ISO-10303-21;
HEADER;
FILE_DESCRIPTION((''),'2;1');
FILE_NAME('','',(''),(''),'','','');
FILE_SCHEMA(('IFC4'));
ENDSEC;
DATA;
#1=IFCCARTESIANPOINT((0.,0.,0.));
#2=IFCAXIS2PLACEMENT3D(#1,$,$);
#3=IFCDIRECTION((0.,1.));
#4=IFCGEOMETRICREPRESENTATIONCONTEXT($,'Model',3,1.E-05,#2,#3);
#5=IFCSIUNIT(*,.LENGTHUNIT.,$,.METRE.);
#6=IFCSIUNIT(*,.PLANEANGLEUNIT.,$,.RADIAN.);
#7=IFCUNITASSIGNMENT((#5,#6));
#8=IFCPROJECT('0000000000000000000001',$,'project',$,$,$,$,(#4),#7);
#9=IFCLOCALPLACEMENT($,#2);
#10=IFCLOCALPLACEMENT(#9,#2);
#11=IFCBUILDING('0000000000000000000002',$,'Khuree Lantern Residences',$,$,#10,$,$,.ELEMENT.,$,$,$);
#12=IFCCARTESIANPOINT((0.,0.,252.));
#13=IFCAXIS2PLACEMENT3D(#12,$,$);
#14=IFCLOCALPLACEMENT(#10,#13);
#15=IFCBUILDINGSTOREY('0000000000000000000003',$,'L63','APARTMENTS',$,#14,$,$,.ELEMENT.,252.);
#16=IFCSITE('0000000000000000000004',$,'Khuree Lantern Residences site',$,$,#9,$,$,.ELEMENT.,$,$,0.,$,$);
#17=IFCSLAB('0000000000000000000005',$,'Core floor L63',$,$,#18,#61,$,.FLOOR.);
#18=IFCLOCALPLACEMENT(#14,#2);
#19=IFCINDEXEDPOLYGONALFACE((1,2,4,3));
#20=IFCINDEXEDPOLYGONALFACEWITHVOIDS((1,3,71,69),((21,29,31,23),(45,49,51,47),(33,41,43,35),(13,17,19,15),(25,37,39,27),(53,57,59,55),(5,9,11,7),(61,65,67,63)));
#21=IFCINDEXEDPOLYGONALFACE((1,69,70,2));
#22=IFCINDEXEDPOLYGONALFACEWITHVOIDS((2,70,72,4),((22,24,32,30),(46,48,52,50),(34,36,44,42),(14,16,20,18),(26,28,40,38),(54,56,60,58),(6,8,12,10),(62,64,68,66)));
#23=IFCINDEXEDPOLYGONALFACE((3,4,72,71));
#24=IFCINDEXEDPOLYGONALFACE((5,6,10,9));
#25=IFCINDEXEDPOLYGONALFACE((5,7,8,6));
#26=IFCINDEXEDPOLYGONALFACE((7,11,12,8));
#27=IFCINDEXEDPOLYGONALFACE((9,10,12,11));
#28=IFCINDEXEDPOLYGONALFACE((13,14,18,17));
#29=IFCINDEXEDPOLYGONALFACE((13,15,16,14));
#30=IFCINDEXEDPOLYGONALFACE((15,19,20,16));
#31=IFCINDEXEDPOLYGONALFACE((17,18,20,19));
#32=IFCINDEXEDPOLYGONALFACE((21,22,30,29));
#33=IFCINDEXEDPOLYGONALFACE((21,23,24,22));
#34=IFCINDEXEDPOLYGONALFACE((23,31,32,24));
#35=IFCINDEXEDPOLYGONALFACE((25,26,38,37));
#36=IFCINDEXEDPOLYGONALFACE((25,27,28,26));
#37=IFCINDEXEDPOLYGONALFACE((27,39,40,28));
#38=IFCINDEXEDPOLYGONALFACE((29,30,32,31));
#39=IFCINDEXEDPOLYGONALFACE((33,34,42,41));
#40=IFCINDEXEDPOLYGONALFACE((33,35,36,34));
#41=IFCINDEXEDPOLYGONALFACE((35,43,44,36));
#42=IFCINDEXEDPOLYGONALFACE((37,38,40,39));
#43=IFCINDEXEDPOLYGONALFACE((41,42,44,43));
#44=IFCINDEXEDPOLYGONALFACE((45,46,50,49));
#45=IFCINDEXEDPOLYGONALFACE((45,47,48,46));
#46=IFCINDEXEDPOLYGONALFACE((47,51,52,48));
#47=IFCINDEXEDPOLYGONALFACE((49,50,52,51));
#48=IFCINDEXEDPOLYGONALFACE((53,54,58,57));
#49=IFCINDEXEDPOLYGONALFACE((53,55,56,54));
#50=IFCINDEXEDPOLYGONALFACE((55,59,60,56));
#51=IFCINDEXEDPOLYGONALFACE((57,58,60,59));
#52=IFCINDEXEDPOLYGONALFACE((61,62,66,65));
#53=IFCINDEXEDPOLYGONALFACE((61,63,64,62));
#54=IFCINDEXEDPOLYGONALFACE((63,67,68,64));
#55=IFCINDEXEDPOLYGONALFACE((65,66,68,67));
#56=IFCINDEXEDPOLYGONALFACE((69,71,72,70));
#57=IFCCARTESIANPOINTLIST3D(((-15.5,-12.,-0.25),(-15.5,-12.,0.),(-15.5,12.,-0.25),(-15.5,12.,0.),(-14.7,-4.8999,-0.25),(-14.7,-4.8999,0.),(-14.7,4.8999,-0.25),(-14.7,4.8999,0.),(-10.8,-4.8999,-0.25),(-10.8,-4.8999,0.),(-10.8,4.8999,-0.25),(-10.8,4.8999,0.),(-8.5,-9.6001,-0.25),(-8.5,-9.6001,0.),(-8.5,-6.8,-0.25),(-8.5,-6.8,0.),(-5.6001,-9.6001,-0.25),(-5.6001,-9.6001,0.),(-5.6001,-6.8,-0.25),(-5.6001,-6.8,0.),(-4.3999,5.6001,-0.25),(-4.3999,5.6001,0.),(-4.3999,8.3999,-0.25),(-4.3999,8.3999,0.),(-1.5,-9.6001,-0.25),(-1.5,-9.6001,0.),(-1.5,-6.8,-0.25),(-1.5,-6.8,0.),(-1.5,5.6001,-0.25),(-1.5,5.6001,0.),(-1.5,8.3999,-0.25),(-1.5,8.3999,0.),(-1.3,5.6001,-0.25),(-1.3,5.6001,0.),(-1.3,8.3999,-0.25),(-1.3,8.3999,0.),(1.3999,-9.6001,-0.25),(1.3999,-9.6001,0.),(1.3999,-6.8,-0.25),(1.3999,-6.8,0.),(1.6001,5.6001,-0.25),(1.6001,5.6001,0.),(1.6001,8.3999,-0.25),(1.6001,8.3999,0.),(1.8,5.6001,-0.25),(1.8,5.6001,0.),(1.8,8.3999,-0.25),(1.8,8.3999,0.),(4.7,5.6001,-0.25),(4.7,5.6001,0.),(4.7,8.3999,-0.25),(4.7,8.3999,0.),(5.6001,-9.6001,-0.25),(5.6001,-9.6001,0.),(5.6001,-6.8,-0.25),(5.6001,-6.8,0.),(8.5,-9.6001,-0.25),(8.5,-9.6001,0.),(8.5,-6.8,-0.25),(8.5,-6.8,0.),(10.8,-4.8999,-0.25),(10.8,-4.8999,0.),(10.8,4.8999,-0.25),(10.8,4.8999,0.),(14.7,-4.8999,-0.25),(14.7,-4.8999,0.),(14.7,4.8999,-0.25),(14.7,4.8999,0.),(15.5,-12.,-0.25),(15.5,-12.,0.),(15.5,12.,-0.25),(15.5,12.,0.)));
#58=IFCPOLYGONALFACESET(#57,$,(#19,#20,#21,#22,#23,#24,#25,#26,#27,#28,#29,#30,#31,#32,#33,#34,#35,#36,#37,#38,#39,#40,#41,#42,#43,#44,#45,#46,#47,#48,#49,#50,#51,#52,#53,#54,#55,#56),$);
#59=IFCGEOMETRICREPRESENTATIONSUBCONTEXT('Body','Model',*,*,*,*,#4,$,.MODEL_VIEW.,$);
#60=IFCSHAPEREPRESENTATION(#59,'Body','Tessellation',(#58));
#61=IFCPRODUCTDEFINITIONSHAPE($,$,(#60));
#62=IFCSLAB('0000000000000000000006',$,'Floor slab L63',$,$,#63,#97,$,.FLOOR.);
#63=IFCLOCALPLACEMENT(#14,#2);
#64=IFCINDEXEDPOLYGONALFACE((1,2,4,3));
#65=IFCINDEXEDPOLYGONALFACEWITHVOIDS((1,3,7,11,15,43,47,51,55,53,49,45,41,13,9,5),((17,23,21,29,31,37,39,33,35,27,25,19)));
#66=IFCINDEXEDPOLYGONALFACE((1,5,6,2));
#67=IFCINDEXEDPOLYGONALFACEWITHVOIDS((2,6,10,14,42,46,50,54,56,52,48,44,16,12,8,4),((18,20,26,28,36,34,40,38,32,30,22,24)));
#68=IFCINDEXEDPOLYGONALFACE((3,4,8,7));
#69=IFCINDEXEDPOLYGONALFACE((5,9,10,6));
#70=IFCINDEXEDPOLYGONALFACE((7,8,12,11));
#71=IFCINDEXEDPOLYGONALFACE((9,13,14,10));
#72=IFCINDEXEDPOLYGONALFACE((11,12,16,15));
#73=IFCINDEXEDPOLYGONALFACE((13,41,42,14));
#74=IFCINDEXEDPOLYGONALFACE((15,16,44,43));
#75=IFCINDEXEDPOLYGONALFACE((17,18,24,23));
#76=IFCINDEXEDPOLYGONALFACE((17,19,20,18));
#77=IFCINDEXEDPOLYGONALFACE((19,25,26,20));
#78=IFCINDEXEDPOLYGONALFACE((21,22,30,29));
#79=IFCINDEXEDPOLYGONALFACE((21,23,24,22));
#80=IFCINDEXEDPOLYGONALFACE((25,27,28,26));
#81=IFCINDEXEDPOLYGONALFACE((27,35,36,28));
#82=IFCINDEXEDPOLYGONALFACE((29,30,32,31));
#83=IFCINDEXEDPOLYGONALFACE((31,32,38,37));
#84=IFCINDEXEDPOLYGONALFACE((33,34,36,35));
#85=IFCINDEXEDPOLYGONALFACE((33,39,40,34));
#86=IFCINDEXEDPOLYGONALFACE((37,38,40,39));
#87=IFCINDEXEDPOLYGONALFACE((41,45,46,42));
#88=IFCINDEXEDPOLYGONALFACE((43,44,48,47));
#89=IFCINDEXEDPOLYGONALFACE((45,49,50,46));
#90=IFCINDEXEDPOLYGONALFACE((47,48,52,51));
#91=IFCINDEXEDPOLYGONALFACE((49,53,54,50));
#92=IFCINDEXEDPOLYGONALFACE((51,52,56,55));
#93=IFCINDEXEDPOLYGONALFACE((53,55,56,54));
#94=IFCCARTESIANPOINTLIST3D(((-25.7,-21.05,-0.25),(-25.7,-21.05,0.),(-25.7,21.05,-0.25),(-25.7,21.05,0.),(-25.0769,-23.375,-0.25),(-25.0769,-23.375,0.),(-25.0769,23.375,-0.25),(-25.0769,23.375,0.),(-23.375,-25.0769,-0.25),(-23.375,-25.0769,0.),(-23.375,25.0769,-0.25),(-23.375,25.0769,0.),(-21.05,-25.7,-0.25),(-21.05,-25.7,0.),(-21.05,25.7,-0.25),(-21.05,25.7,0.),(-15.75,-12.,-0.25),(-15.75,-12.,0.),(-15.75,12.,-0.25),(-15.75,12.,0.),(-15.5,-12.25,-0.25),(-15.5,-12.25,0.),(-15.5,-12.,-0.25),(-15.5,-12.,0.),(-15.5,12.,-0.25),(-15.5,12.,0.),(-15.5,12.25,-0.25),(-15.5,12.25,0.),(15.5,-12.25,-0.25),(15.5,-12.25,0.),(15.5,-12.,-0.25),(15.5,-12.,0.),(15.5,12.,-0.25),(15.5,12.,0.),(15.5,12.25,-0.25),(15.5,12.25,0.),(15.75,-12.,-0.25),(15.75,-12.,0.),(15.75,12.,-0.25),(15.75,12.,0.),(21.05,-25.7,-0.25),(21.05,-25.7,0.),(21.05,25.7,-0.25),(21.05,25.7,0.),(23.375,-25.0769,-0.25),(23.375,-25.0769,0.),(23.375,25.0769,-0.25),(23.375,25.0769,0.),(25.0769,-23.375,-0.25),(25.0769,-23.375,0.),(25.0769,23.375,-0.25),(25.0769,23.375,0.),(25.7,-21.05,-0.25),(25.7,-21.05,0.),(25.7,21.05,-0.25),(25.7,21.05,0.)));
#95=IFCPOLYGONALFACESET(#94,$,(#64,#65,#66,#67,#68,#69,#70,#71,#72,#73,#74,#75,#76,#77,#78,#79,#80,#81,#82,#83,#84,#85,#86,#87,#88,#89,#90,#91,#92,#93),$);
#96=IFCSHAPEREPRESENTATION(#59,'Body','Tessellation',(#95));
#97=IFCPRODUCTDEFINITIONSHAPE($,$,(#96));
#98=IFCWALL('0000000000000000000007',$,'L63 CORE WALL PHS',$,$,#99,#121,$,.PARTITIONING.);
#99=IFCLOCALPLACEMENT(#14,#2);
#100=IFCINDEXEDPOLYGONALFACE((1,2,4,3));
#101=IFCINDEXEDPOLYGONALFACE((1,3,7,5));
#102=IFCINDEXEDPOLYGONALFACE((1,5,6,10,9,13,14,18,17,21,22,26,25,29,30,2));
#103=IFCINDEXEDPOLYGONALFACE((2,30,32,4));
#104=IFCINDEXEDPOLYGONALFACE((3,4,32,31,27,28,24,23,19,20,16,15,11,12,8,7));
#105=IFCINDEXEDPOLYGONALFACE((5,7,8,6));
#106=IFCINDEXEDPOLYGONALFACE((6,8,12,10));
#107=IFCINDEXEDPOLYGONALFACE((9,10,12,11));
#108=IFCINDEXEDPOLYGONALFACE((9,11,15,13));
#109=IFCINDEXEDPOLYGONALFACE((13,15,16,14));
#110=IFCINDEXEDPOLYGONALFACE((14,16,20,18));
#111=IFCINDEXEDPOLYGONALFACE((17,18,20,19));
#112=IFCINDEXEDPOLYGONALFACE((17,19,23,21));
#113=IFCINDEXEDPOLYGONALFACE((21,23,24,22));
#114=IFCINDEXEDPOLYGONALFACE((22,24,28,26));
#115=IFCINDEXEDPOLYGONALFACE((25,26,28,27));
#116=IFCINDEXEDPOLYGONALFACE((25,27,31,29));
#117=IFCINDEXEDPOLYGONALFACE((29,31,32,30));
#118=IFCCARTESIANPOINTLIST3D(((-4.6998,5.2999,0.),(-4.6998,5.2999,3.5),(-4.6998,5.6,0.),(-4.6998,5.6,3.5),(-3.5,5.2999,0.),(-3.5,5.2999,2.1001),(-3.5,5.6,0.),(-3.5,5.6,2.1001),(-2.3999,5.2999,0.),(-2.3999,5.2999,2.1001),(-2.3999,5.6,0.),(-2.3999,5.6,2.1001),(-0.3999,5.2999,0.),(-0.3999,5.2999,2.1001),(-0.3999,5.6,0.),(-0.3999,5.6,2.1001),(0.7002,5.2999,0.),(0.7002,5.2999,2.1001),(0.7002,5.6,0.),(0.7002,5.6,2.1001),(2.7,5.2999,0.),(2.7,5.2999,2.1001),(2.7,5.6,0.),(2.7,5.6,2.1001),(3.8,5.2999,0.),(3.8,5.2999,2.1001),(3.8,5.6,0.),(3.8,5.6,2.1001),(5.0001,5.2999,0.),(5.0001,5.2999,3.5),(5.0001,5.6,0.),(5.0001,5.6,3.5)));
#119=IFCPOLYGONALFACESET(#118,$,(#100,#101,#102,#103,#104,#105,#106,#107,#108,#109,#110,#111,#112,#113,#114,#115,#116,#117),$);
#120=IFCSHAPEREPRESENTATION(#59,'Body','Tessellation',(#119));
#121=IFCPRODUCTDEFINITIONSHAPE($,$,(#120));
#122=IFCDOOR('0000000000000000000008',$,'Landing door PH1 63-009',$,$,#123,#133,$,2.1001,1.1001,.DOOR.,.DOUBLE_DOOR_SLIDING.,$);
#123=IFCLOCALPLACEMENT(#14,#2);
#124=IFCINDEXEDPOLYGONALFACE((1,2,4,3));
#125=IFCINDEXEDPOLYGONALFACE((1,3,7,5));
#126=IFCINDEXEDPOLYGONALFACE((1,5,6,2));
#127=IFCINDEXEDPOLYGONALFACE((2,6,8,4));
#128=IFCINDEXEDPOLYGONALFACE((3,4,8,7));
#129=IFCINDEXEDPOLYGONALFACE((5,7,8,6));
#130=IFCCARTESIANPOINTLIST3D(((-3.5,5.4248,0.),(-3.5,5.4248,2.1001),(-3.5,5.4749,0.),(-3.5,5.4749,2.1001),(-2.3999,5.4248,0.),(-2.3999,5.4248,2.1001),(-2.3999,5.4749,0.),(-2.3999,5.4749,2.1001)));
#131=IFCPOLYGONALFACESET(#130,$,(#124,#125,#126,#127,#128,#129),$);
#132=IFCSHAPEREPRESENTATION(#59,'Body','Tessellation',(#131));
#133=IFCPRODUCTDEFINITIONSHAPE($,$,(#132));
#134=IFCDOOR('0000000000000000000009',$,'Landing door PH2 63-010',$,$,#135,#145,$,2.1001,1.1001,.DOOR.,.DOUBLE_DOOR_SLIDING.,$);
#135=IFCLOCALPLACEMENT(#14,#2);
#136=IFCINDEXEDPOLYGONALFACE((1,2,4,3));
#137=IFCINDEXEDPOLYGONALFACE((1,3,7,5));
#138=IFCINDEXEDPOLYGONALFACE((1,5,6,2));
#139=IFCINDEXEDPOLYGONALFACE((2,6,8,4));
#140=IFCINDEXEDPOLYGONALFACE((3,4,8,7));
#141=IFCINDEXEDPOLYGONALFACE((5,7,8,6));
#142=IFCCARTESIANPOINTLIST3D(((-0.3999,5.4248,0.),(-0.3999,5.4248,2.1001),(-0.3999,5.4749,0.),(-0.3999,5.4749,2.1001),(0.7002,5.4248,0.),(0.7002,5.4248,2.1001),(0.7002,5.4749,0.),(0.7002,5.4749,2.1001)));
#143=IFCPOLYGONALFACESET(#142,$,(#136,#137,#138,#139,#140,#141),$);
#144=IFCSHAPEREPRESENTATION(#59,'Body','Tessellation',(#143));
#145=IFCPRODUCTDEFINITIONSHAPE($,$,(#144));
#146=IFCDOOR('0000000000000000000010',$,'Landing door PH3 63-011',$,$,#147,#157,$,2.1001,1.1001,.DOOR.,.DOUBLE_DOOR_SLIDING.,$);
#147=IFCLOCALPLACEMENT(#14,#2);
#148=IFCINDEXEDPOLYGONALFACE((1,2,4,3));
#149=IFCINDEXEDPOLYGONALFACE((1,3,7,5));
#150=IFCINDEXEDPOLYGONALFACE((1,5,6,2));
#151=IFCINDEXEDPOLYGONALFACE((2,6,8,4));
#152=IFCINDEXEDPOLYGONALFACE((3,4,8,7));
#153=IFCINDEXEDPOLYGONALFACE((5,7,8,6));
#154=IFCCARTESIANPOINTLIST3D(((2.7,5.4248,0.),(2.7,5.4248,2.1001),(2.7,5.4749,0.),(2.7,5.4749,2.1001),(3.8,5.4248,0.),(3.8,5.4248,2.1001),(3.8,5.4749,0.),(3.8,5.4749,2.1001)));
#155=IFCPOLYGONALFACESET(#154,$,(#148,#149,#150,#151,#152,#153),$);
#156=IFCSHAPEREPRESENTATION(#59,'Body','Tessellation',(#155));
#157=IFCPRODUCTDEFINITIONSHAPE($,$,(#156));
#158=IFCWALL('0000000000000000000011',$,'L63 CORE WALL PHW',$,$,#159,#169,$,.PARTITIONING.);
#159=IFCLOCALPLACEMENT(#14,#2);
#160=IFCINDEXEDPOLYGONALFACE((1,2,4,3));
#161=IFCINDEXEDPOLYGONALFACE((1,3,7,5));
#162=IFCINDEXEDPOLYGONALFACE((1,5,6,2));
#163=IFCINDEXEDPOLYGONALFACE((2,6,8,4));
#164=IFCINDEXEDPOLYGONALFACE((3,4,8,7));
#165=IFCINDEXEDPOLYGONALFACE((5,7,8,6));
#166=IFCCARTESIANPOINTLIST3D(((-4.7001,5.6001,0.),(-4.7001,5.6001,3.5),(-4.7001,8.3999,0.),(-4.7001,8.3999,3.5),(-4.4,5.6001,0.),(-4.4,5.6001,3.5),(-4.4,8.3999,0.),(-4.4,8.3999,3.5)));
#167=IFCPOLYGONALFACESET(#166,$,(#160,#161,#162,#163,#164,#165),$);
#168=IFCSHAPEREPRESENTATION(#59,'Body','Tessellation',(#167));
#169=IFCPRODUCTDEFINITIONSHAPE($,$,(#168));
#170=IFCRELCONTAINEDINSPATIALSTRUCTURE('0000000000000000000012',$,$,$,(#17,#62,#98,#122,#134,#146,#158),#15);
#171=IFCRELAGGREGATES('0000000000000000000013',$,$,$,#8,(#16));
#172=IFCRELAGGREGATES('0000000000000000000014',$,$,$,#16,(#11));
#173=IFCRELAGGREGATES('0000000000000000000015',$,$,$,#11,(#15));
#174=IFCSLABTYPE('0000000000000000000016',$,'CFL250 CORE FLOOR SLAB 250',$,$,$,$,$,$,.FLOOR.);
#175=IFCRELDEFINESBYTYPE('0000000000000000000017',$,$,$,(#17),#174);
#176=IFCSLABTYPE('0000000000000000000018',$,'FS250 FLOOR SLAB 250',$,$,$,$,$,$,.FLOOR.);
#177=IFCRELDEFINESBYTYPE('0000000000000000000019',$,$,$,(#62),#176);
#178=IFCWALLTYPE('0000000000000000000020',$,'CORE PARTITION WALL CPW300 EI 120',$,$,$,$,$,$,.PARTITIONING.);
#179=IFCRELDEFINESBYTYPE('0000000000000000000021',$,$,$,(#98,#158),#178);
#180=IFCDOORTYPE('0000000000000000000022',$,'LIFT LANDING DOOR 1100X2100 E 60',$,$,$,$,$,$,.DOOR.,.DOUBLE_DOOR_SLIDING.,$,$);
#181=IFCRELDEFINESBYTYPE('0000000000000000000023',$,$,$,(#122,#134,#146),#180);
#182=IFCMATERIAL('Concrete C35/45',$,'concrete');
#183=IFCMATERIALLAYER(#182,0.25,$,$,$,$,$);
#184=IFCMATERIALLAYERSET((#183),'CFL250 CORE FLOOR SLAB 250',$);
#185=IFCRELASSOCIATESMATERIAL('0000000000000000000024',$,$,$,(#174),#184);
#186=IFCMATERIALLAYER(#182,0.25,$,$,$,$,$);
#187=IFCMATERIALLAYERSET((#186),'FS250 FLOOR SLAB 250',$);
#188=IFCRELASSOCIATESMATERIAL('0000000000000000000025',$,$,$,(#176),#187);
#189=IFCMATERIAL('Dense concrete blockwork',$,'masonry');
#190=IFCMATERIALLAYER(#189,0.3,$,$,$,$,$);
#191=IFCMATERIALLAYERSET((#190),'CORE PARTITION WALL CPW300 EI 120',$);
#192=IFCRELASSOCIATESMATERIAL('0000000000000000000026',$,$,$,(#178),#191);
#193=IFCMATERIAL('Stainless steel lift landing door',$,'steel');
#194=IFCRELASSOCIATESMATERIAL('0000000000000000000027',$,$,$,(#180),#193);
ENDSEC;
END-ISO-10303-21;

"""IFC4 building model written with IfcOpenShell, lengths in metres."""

from ifc_helpers import new_model, si_unit, direction, frame, frame_2d, origin, place, context, subcontext, project, spatial, polyline, rectangle, outline, extrude, material, layer, layer_set, type_object, element, fill, save


model = new_model("IFC4")

# Units and contexts
model_context = context("Model", 3, precision=1e-05, world=origin(), true_north=direction((0.0, 1.0)))
body_context = subcontext(model_context, "Body", "Model", "MODEL_VIEW")
ifc_project = project(units=[si_unit("LENGTHUNIT", "METRE"), si_unit("PLANEANGLEUNIT", "RADIAN")], contexts=[model_context])

# Site, building, storey
site_placement = place(None, origin())
site = spatial("IfcSite", under=ifc_project, at=site_placement, Name="Khuree Lantern Residences site", CompositionType="ELEMENT", RefElevation=0.0)
building_placement = place(site_placement, origin())
building = spatial("IfcBuilding", under=site, at=building_placement, Name="Khuree Lantern Residences", CompositionType="ELEMENT")
storey_placement = place(building_placement, frame((0.0, 0.0, 252.0)))
storey = spatial("IfcBuildingStorey", under=building, at=storey_placement, Name="L63", Description="APARTMENTS", CompositionType="ELEMENT", Elevation=252.0)

# Slabs
ifc_material_1 = material(Name="Concrete C35/45", Category="concrete")
ifc_layer_1 = layer(ifc_material_1, 0.25)
ifc_layer_set_1 = layer_set([ifc_layer_1], Name="CFL250 CORE FLOOR SLAB 250")
slab_type_1 = type_object("IfcSlabType", Name="CFL250 CORE FLOOR SLAB 250", PredefinedType="FLOOR", material=ifc_layer_set_1)
slab_1_placement = place(storey_placement, frame((0.0, 0.0, -0.25)))
element("IfcSlab", 1, at=slab_1_placement, inside=storey, type_object=slab_type_1, Name="Core floor L63", PredefinedType="FLOOR", context=body_context, shape_type="SweptSolid", body=[
    extrude(outline(polyline([(-15.5, -12.0), (-15.5, 12.0), (15.5, 12.0), (15.5, -12.0), (-15.5, -12.0)]), holes=[polyline([(10.8, 4.8999), (10.8, -4.8999), (14.7, -4.8999), (14.7, 4.8999), (10.8, 4.8999)]), polyline([(5.6001, -6.8), (5.6001, -9.6001), (8.5, -9.6001), (8.5, -6.8), (5.6001, -6.8)]), polyline([(1.8, 8.3999), (1.8, 5.6001), (4.7, 5.6001), (4.7, 8.3999), (1.8, 8.3999)]), polyline([(-1.3, 8.3999), (-1.3, 5.6001), (1.6001, 5.6001), (1.6001, 8.3999), (-1.3, 8.3999)]), polyline([(-1.5, -6.8), (-1.5, -9.6001), (1.3999, -9.6001), (1.3999, -6.8), (-1.5, -6.8)]), polyline([(-4.3999, 8.3999), (-4.3999, 5.6001), (-1.5, 5.6001), (-1.5, 8.3999), (-4.3999, 8.3999)]), polyline([(-8.5, -6.8), (-8.5, -9.6001), (-5.6001, -9.6001), (-5.6001, -6.8), (-8.5, -6.8)]), polyline([(-14.7, 4.8999), (-14.7, -4.8999), (-10.8, -4.8999), (-10.8, 4.8999), (-14.7, 4.8999)])]), origin(), (0.0, 0.0, 1.0), 0.25),
])
ifc_layer_2 = layer(ifc_material_1, 0.25)
ifc_layer_set_2 = layer_set([ifc_layer_2], Name="FS250 FLOOR SLAB 250")
slab_type_2 = type_object("IfcSlabType", Name="FS250 FLOOR SLAB 250", PredefinedType="FLOOR", material=ifc_layer_set_2)
slab_2_placement = place(storey_placement, frame((0.0, 0.0, -0.25)))
element("IfcSlab", 2, at=slab_2_placement, inside=storey, type_object=slab_type_2, Name="Floor slab L63", PredefinedType="FLOOR", context=body_context, shape_type="SweptSolid", body=[
    extrude(outline(polyline([(-23.375, -25.0769), (-25.0769, -23.375), (-25.7, -21.05), (-25.7, 21.05), (-25.0769, 23.375), (-23.375, 25.0769), (-21.05, 25.7), (21.05, 25.7), (23.375, 25.0769), (25.0769, 23.375), (25.7, 21.05), (25.7, -21.05), (25.0769, -23.375), (23.375, -25.0769), (21.05, -25.7), (-21.05, -25.7), (-23.375, -25.0769)]), holes=[polyline([(15.75, 12.0), (15.5, 12.0), (15.5, 12.25), (-15.5, 12.25), (-15.5, 12.0), (-15.75, 12.0), (-15.75, -12.0), (-15.5, -12.0), (-15.5, -12.25), (15.5, -12.25), (15.5, -12.0), (15.75, -12.0), (15.75, 12.0)])]), origin(), (0.0, 0.0, 1.0), 0.25),
])

# Wall, openings, doors
ifc_material_2 = material(Name="Dense concrete blockwork", Category="masonry")
ifc_layer_3 = layer(ifc_material_2, 0.3)
ifc_layer_set_3 = layer_set([ifc_layer_3], Name="CORE PARTITION WALL CPW300 EI 120")
wall_type_1 = type_object("IfcWallType", Name="CORE PARTITION WALL CPW300 EI 120", PredefinedType="PARTITIONING", material=ifc_layer_set_3)
wall_1_placement = place(storey_placement, frame((-4.7, 5.45, 0.0), z_axis=(0.0, 0.0, 1.0), x_axis=(1.0, 0.0, 0.0)))
wall_1 = element("IfcWall", 3, at=wall_1_placement, inside=storey, type_object=wall_type_1, Name="L63 CORE WALL PHS", PredefinedType="PARTITIONING", context=body_context, shape_type="SweptSolid", body=[
    extrude(rectangle(XDim=9.7, YDim=0.3, at=frame_2d((4.8501, 0.0))), origin(), (0.0, 0.0, 1.0), 3.5),
])
opening_1_placement = place(wall_1_placement, frame((1.2, 0.0, 0.0)))
opening_1 = element("IfcOpeningElement", 4, at=opening_1_placement, cuts=wall_1, PredefinedType="OPENING", context=body_context, shape_type="SweptSolid", body=[
    extrude(rectangle(XDim=1.1001, YDim=2.1001, at=frame_2d((0.55, 1.05))), frame((0.0, 0.1602, 0.0), z_axis=(0.0, -1.0, 0.0), x_axis=(1.0, 0.0, 0.0)), (0.0, 0.0, 1.0), 0.3201),
])
opening_2_placement = place(wall_1_placement, frame((4.3, 0.0, 0.0)))
opening_2 = element("IfcOpeningElement", 5, at=opening_2_placement, cuts=wall_1, PredefinedType="OPENING", context=body_context, shape_type="SweptSolid", body=[
    extrude(rectangle(XDim=1.1001, YDim=2.1001, at=frame_2d((0.55, 1.05))), frame((0.0, 0.1602, 0.0), z_axis=(0.0, -1.0, 0.0), x_axis=(1.0, 0.0, 0.0)), (0.0, 0.0, 1.0), 0.3201),
])
opening_3_placement = place(wall_1_placement, frame((7.3999, 0.0, 0.0)))
opening_3 = element("IfcOpeningElement", 6, at=opening_3_placement, cuts=wall_1, PredefinedType="OPENING", context=body_context, shape_type="SweptSolid", body=[
    extrude(rectangle(XDim=1.1001, YDim=2.1001, at=frame_2d((0.55, 1.05))), frame((0.0, 0.1602, 0.0), z_axis=(0.0, -1.0, 0.0), x_axis=(1.0, 0.0, 0.0)), (0.0, 0.0, 1.0), 0.3201),
])
ifc_material_3 = material(Name="Stainless steel lift landing door", Category="steel")
door_type_1 = type_object("IfcDoorType", Name="LIFT LANDING DOOR 1100X2100 E 60", OperationType="DOUBLE_DOOR_SLIDING", PredefinedType="DOOR", material=ifc_material_3)
door_1_placement = place(opening_1_placement, origin())
door_1 = element("IfcDoor", 7, at=door_1_placement, inside=storey, type_object=door_type_1, Name="Landing door PH1 63-009", OperationType="DOUBLE_DOOR_SLIDING", OverallHeight=2.1001, OverallWidth=1.1001, PredefinedType="DOOR", context=body_context, shape_type="SweptSolid", body=[
    extrude(rectangle(XDim=1.1001, YDim=2.1001, at=frame_2d((0.55, 1.05))), frame((0.0, 0.0249, 0.0), z_axis=(0.0, -1.0, 0.0), x_axis=(1.0, 0.0, 0.0)), (0.0, 0.0, 1.0), 0.05),
])
fill(opening_1, door_1)
door_2_placement = place(opening_2_placement, origin())
door_2 = element("IfcDoor", 8, at=door_2_placement, inside=storey, type_object=door_type_1, Name="Landing door PH2 63-010", OperationType="DOUBLE_DOOR_SLIDING", OverallHeight=2.1001, OverallWidth=1.1001, PredefinedType="DOOR", context=body_context, shape_type="SweptSolid", body=[
    extrude(rectangle(XDim=1.1001, YDim=2.1001, at=frame_2d((0.55, 1.05))), frame((0.0, 0.0249, 0.0), z_axis=(0.0, -1.0, 0.0), x_axis=(1.0, 0.0, 0.0)), (0.0, 0.0, 1.0), 0.05),
])
fill(opening_2, door_2)
door_3_placement = place(opening_3_placement, origin())
door_3 = element("IfcDoor", 9, at=door_3_placement, inside=storey, type_object=door_type_1, Name="Landing door PH3 63-011", OperationType="DOUBLE_DOOR_SLIDING", OverallHeight=2.1001, OverallWidth=1.1001, PredefinedType="DOOR", context=body_context, shape_type="SweptSolid", body=[
    extrude(rectangle(XDim=1.1001, YDim=2.1001, at=frame_2d((0.55, 1.05))), frame((0.0, 0.0249, 0.0), z_axis=(0.0, -1.0, 0.0), x_axis=(1.0, 0.0, 0.0)), (0.0, 0.0, 1.0), 0.05),
])
fill(opening_3, door_3)

# Wall
wall_2_placement = place(storey_placement, frame((-4.55, 5.6001, 0.0), z_axis=(0.0, 0.0, 1.0), x_axis=(0.0, 1.0, 0.0)))
element("IfcWall", 10, at=wall_2_placement, inside=storey, type_object=wall_type_1, Name="L63 CORE WALL PHW", PredefinedType="PARTITIONING", context=body_context, shape_type="SweptSolid", body=[
    extrude(rectangle(XDim=2.7998, YDim=0.3, at=frame_2d((1.3999, 0.0))), origin(), (0.0, 0.0, 1.0), 3.5),
])

save(model, "model.ifc")
